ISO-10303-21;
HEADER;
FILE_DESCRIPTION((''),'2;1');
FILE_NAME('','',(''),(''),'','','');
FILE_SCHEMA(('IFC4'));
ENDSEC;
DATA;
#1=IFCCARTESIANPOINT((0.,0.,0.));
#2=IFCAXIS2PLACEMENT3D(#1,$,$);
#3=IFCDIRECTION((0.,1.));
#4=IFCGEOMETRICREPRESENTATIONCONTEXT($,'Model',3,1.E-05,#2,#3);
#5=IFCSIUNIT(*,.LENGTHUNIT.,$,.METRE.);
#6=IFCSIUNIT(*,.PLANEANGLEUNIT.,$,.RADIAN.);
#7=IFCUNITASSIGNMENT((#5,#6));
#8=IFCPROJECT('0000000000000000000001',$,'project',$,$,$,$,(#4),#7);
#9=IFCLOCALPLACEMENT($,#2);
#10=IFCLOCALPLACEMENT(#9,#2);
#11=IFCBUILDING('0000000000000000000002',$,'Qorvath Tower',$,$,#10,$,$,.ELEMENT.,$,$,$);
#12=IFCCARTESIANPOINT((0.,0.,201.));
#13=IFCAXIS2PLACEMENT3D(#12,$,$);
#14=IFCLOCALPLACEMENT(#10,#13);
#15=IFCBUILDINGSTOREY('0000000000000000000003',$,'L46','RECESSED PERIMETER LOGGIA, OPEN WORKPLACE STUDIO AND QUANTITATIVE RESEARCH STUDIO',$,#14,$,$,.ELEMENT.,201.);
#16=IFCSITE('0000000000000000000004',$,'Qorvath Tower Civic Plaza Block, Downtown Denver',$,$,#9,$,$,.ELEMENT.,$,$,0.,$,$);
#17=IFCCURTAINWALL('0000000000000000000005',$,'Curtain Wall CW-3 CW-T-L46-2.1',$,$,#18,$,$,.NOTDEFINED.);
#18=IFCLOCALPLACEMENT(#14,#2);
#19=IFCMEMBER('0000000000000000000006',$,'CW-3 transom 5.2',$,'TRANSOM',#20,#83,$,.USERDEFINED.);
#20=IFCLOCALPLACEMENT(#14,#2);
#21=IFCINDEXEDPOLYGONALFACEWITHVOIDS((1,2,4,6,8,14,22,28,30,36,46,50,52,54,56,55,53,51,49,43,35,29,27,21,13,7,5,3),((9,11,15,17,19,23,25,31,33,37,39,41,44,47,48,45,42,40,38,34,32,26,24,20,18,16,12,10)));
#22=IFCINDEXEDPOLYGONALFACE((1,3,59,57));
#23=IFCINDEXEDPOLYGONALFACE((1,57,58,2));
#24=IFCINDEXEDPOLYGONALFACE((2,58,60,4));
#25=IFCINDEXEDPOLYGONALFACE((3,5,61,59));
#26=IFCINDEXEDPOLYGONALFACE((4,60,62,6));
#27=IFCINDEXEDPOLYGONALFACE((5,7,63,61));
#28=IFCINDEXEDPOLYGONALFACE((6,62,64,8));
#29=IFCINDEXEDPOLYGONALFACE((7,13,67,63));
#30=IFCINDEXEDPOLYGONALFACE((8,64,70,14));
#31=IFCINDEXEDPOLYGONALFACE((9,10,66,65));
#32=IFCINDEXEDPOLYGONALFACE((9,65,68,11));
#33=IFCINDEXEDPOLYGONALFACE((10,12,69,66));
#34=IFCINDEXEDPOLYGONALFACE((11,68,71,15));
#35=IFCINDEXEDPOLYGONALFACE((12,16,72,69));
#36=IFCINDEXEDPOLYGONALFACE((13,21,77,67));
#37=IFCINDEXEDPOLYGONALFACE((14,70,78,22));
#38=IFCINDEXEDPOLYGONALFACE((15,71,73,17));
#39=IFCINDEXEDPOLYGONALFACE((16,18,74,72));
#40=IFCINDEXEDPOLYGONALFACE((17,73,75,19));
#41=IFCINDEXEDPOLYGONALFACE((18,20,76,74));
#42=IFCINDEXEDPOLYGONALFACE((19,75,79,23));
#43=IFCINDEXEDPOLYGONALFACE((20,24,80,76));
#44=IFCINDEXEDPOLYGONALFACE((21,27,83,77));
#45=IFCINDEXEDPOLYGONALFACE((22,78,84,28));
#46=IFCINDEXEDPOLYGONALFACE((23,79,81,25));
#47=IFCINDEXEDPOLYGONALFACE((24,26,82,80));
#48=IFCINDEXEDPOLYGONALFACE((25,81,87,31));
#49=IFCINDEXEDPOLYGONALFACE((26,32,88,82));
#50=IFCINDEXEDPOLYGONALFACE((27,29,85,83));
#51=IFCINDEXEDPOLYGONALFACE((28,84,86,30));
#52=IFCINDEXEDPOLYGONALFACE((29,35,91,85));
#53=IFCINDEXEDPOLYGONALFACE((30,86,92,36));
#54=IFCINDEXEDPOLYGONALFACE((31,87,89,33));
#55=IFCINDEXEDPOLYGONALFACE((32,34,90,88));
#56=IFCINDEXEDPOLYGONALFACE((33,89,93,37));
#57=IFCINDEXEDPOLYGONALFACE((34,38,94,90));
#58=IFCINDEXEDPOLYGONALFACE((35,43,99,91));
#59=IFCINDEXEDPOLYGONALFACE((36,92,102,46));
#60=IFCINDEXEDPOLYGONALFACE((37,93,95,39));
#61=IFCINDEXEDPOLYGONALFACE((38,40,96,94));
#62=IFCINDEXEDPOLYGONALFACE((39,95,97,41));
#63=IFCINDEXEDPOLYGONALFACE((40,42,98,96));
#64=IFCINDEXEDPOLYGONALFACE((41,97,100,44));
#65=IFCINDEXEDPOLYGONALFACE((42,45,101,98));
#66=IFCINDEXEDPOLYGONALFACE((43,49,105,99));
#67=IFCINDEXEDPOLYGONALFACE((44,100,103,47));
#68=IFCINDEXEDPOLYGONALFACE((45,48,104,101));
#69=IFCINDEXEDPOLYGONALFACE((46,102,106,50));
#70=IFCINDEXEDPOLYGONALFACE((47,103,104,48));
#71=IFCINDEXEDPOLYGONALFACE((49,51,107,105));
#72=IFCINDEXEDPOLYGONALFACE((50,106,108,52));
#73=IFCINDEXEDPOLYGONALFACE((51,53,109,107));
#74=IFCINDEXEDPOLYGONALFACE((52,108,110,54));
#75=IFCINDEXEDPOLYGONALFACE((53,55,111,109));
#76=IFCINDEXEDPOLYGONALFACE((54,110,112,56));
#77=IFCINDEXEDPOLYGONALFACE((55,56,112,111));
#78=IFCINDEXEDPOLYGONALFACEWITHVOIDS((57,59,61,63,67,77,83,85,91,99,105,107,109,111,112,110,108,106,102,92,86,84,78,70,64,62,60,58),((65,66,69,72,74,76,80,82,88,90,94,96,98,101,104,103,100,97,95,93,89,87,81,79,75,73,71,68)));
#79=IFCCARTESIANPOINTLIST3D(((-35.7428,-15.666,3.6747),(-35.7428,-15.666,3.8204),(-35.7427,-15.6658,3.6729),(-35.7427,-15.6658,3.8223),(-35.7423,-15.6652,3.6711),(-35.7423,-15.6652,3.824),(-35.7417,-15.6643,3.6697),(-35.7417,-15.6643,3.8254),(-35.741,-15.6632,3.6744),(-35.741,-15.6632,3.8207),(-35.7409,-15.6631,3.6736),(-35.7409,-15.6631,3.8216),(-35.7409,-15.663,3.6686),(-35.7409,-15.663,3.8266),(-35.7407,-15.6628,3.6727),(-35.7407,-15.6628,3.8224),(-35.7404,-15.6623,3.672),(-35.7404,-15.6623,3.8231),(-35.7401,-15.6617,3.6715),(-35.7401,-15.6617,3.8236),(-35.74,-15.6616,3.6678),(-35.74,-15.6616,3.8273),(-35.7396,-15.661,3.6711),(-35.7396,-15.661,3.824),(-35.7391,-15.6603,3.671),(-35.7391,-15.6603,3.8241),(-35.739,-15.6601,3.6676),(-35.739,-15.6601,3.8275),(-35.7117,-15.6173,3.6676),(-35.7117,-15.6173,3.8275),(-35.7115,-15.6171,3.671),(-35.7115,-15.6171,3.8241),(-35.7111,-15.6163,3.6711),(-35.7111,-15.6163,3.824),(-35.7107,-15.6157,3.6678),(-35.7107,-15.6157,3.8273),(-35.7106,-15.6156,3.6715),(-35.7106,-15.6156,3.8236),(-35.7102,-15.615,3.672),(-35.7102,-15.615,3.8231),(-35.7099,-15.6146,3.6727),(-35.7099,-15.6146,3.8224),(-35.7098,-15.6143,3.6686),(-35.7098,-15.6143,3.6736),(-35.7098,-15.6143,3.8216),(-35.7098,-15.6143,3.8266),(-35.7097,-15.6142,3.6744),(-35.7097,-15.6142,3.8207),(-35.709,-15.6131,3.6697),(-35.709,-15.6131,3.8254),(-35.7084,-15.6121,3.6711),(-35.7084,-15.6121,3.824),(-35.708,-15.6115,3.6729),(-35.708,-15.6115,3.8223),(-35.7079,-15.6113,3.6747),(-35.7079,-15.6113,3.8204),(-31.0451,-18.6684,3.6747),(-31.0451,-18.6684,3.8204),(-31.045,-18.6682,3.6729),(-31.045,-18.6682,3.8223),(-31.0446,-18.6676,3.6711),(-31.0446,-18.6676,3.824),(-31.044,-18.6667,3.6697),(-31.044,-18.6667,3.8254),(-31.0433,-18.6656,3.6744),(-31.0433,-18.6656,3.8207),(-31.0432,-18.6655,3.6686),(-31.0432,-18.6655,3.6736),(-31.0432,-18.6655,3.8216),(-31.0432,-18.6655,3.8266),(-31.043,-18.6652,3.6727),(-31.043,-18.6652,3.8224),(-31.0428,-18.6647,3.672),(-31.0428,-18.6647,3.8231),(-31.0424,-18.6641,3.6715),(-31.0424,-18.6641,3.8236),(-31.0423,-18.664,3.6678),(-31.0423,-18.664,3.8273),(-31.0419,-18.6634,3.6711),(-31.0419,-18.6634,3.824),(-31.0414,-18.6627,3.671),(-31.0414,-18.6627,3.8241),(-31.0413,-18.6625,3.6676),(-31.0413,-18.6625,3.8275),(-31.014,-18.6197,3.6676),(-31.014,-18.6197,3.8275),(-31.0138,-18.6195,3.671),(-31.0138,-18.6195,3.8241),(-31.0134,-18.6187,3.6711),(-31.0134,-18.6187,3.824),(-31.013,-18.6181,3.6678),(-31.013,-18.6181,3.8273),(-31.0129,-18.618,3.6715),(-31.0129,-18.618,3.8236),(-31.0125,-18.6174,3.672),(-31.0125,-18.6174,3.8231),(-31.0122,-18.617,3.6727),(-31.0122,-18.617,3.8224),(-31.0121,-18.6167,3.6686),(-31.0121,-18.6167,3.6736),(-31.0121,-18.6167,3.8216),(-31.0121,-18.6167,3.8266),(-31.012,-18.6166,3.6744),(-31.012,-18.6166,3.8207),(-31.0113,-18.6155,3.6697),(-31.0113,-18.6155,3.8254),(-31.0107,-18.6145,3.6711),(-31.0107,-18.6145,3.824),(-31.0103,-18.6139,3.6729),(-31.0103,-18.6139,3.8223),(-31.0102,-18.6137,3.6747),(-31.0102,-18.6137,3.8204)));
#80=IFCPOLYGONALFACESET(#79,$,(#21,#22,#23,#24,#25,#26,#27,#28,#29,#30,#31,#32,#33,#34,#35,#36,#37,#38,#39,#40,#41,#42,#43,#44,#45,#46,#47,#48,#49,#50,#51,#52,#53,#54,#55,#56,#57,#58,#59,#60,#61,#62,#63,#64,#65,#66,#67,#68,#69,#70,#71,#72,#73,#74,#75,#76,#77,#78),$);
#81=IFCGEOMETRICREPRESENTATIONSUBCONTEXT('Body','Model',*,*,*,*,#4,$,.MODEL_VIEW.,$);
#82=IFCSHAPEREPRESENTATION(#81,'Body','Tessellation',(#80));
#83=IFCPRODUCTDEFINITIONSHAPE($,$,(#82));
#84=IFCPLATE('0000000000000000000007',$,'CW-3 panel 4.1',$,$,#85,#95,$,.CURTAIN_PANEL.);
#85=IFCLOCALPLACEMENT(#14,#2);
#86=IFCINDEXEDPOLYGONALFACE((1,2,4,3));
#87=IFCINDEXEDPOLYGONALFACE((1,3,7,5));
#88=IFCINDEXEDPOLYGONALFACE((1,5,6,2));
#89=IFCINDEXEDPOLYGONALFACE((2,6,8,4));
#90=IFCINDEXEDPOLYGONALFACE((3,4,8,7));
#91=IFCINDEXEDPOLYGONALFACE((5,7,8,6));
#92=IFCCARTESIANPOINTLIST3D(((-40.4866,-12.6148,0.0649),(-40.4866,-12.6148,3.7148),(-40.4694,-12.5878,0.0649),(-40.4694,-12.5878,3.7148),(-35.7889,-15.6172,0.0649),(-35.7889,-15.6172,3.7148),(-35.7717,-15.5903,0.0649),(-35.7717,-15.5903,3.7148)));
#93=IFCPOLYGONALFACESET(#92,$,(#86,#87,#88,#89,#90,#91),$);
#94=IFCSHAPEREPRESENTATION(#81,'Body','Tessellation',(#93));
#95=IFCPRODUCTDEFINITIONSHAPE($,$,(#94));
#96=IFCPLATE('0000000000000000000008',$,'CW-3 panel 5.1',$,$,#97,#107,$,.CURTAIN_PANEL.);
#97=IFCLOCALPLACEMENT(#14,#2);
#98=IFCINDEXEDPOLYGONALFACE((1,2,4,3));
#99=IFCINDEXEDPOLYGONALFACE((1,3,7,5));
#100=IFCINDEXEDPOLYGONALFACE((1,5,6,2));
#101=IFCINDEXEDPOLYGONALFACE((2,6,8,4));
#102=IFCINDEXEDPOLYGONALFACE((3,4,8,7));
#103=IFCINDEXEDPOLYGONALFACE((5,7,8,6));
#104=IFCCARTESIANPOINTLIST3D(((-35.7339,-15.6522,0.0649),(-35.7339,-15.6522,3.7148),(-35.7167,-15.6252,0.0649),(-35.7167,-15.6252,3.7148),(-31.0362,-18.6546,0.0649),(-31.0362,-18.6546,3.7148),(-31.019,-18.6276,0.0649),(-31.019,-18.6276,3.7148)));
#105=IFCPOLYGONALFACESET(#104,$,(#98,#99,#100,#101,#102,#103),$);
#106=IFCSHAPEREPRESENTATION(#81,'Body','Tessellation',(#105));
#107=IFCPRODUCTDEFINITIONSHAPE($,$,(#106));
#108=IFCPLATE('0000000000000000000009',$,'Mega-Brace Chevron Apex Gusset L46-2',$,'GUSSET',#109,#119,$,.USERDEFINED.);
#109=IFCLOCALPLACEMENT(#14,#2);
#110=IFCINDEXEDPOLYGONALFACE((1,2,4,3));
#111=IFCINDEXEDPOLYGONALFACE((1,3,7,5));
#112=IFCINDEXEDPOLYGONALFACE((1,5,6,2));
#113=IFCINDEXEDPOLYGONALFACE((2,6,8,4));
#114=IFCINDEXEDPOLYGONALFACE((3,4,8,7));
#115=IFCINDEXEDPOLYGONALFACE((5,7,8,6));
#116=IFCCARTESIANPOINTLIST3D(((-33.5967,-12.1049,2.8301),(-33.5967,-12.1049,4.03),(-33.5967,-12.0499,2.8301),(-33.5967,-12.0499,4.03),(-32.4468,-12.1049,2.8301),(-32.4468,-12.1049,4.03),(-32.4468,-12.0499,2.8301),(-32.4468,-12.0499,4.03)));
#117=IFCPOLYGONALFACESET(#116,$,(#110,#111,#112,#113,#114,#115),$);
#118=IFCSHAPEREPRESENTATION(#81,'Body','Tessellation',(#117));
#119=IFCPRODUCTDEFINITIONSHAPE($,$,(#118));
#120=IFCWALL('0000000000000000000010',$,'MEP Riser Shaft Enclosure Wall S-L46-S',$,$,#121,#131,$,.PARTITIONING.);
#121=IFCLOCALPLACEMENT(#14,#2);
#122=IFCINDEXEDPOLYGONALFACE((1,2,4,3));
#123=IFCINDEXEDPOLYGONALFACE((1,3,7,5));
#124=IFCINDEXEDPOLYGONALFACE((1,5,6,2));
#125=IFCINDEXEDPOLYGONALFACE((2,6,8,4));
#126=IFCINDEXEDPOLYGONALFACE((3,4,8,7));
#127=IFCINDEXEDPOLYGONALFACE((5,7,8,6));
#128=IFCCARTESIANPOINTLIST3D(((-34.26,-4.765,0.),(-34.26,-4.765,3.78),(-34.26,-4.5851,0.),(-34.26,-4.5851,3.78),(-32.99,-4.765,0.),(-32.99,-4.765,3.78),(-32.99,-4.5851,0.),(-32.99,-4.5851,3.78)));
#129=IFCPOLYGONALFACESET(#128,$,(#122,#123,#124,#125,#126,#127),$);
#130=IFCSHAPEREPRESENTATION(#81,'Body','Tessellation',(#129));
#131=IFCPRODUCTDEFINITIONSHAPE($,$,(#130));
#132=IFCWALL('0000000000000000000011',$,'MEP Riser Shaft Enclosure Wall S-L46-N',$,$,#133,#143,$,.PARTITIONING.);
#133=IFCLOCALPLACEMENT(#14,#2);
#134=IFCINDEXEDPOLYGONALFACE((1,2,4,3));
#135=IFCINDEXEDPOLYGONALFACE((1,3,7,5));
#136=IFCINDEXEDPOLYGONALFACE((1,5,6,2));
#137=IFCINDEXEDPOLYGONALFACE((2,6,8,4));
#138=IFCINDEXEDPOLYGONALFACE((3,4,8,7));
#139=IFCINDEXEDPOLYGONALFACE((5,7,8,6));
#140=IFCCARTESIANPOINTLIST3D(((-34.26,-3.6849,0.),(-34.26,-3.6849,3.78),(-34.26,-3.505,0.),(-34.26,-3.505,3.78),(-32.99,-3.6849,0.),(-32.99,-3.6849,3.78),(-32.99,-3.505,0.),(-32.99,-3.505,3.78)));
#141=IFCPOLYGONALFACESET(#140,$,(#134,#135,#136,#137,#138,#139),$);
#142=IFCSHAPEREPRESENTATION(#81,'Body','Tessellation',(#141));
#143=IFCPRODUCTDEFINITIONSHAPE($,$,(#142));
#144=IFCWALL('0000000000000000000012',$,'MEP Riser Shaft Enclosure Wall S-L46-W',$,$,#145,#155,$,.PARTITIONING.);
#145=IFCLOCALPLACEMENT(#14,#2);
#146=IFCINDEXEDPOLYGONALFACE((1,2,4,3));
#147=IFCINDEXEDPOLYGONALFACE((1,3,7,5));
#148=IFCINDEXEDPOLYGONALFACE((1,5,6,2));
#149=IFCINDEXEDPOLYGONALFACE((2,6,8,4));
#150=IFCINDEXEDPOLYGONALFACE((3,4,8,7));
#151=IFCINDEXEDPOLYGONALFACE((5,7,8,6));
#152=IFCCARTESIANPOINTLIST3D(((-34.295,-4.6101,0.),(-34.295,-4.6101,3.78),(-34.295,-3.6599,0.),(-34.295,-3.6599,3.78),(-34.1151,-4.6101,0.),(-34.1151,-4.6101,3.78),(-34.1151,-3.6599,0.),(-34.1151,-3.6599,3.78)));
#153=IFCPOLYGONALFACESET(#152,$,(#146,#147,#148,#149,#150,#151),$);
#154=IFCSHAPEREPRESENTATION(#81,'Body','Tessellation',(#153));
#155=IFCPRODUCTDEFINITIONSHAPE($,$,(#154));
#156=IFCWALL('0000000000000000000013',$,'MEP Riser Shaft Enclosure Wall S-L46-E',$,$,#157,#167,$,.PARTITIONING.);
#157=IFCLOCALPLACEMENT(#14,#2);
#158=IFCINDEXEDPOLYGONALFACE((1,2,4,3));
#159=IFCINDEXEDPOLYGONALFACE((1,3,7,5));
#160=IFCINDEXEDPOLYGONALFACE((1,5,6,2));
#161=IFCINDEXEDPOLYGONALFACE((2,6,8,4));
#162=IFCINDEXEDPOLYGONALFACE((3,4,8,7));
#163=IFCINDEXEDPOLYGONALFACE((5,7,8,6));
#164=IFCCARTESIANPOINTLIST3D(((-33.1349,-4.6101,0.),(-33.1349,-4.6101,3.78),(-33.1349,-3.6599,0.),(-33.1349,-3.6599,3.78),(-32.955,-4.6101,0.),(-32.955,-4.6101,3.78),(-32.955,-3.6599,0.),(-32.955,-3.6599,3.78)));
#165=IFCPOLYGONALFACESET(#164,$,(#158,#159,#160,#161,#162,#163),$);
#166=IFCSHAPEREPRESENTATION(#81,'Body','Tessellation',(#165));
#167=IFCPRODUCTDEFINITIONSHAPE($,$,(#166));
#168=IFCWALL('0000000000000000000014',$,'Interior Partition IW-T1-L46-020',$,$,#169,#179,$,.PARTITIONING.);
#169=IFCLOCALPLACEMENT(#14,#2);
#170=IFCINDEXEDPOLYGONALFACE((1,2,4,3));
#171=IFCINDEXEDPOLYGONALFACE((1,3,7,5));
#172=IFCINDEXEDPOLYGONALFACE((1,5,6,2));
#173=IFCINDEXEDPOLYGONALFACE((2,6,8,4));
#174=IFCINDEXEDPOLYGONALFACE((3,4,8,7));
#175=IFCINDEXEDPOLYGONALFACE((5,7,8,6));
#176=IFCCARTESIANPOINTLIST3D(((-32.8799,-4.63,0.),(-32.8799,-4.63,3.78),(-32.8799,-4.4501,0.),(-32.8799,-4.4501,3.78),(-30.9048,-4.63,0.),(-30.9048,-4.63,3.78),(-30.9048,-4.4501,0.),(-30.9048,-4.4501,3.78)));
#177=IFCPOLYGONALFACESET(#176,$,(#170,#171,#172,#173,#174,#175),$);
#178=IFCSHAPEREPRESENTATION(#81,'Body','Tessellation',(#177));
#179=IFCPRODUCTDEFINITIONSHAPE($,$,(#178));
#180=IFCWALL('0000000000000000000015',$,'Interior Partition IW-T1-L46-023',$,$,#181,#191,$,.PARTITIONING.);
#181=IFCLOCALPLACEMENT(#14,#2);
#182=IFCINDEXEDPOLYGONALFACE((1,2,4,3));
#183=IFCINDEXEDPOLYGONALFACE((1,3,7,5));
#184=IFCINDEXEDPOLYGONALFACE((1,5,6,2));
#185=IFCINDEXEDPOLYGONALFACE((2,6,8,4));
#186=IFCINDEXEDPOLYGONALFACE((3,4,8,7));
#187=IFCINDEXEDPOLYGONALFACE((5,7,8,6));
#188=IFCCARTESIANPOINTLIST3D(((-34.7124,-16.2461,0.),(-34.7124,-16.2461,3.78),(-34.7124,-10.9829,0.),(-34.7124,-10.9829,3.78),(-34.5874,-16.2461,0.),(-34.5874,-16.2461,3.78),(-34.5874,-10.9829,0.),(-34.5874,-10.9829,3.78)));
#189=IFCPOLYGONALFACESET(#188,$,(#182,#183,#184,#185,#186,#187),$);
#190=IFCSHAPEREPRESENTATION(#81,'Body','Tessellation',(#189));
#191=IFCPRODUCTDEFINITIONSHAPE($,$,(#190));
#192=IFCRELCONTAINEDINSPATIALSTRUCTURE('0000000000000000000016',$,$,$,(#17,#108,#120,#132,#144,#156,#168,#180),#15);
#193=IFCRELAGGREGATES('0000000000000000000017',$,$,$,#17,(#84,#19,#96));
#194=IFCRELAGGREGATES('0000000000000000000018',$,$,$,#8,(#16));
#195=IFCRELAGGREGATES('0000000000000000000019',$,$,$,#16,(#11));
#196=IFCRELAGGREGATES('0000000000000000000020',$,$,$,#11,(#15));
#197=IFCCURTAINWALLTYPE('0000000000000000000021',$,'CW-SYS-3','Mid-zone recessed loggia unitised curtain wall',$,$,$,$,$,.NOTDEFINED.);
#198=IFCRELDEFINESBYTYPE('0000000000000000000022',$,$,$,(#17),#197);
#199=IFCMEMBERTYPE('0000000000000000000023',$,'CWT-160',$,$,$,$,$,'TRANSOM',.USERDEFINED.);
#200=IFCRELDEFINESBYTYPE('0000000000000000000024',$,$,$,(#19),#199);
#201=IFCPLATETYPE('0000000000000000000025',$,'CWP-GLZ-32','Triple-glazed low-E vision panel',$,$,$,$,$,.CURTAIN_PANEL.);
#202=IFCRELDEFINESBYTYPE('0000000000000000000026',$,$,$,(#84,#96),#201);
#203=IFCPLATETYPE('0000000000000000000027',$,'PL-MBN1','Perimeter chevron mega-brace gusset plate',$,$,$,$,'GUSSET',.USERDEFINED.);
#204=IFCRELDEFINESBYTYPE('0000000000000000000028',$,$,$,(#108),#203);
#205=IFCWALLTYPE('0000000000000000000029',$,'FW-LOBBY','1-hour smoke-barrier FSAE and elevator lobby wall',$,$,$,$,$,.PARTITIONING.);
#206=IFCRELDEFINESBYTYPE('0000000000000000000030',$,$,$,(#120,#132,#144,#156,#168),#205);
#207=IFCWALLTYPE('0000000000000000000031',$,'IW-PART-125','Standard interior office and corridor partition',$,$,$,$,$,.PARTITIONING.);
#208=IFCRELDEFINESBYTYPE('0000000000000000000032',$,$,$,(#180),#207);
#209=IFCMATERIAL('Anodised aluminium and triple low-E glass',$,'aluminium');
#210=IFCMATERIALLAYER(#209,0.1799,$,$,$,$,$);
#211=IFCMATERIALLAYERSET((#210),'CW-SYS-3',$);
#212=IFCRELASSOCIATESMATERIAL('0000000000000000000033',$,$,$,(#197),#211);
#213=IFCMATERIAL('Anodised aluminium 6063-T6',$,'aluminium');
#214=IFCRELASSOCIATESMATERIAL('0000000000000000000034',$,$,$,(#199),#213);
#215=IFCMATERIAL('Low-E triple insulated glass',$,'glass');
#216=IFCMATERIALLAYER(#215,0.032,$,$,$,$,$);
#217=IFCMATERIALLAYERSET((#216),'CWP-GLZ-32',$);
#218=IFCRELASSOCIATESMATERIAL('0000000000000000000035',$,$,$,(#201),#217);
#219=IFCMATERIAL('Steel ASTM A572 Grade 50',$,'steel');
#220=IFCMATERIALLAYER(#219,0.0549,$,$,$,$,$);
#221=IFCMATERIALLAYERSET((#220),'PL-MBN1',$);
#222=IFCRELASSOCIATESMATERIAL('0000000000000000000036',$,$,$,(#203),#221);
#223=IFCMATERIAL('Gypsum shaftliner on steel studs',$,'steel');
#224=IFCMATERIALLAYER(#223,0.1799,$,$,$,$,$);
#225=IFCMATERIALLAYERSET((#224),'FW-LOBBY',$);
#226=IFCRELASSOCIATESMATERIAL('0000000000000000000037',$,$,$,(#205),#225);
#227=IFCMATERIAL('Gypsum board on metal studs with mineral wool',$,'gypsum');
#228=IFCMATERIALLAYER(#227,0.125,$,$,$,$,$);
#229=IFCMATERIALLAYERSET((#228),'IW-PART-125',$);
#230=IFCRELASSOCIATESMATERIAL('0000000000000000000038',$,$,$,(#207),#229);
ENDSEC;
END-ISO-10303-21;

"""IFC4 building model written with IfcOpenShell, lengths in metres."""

from ifc_helpers import new_model, si_unit, direction, frame, frame_2d, origin, origin_2d, place, context, subcontext, project, spatial, rectangle, hollow_rectangle, extrude, material, layer, layer_set, material_profile, profile_set, type_object, element, aggregate, save


model = new_model("IFC4")

# Units and contexts
model_context = context("Model", 3, precision=1e-05, world=origin(), true_north=direction((0.0, 1.0)))
body_context = subcontext(model_context, "Body", "Model", "MODEL_VIEW")
ifc_project = project(units=[si_unit("LENGTHUNIT", "METRE"), si_unit("PLANEANGLEUNIT", "RADIAN")], contexts=[model_context])

# Site, building, storey
site_placement = place(None, origin())
site = spatial("IfcSite", under=ifc_project, at=site_placement, Name="Qorvath Tower Civic Plaza Block, Downtown Denver", CompositionType="ELEMENT", RefElevation=0.0)
building_placement = place(site_placement, origin())
building = spatial("IfcBuilding", under=site, at=building_placement, Name="Qorvath Tower", CompositionType="ELEMENT")
storey_placement = place(building_placement, frame((0.0, 0.0, 201.0)))
storey = spatial("IfcBuildingStorey", under=building, at=storey_placement, Name="L46", Description="RECESSED PERIMETER LOGGIA, OPEN WORKPLACE STUDIO AND QUANTITATIVE RESEARCH STUDIO", CompositionType="ELEMENT", Elevation=201.0)

# Curtain wall, member, plates
ifc_material_1 = material(Name="Anodised aluminium and triple low-E glass", Category="aluminium")
ifc_layer_1 = layer(ifc_material_1, 0.1799)
ifc_layer_set_1 = layer_set([ifc_layer_1], Name="CW-SYS-3")
curtain_wall_type = type_object("IfcCurtainWallType", Name="CW-SYS-3", Description="Mid-zone recessed loggia unitised curtain wall", PredefinedType="NOTDEFINED", material=ifc_layer_set_1)
curtain_wall_placement = place(storey_placement, origin())
curtain_wall = element("IfcCurtainWall", 1, at=curtain_wall_placement, inside=storey, type_object=curtain_wall_type, Name="Curtain Wall CW-3 CW-T-L46-2.1", PredefinedType="NOTDEFINED")
ifc_material_2 = material(Name="Anodised aluminium 6063-T6", Category="aluminium")
ifc_material_profile_1 = material_profile(ifc_material_2, hollow_rectangle(XDim=0.0649, YDim=0.1599, WallThickness=0.0034, InnerFilletRadius=0.0034, OuterFilletRadius=0.0071, at=origin_2d()), Name="CWT 160x65")
ifc_profile_set_1 = profile_set([ifc_material_profile_1], Name="Anodised aluminium 6063-T6")
member_type_1 = type_object("IfcMemberType", Name="CWT-160", ElementType="TRANSOM", PredefinedType="USERDEFINED", material=ifc_profile_set_1)
member_1_placement = place(storey_placement, frame((-35.7253, -15.6387, 3.7476), z_axis=(0.842607, -0.538529, 0.0), x_axis=(0.538529, 0.842607, 0.0)))
member_1 = element("IfcMember", 2, at=member_1_placement, type_object=member_type_1, Name="CW-3 transom 5.2", ObjectType="TRANSOM", PredefinedType="USERDEFINED", context=body_context, shape_type="SweptSolid", body=[
    extrude(hollow_rectangle(XDim=0.0649, YDim=0.1599, WallThickness=0.0034, InnerFilletRadius=0.0034, OuterFilletRadius=0.0071, at=origin_2d()), origin(), (0.0, 0.0, 1.0), 5.5752),
])
ifc_material_3 = material(Name="Low-E triple insulated glass", Category="glass")
ifc_layer_2 = layer(ifc_material_3, 0.032)
ifc_layer_set_2 = layer_set([ifc_layer_2], Name="CWP-GLZ-32")
plate_type_1 = type_object("IfcPlateType", Name="CWP-GLZ-32", Description="Triple-glazed low-E vision panel", PredefinedType="CURTAIN_PANEL", material=ifc_layer_set_2)
plate_1_placement = place(storey_placement, frame((-38.1292, -14.1025, 0.0649), z_axis=(0.0, 0.0, 1.0), x_axis=(0.842604, -0.538534, 0.0)))
plate_1 = element("IfcPlate", 3, at=plate_1_placement, type_object=plate_type_1, Name="CW-3 panel 4.1", PredefinedType="CURTAIN_PANEL", context=body_context, shape_type="SweptSolid", body=[
    extrude(rectangle(XDim=5.5752, YDim=0.032, at=origin_2d()), origin(), (0.0, 0.0, 1.0), 3.6499),
])
plate_2_placement = place(storey_placement, frame((-33.3765, -17.1399, 0.0649), z_axis=(0.0, 0.0, 1.0), x_axis=(0.842604, -0.538534, 0.0)))
plate_2 = element("IfcPlate", 4, at=plate_2_placement, type_object=plate_type_1, Name="CW-3 panel 5.1", PredefinedType="CURTAIN_PANEL", context=body_context, shape_type="SweptSolid", body=[
    extrude(rectangle(XDim=5.5752, YDim=0.032, at=origin_2d()), origin(), (0.0, 0.0, 1.0), 3.6499),
])
aggregate(curtain_wall, [plate_1, member_1, plate_2])

# Plate
ifc_material_4 = material(Name="Steel ASTM A572 Grade 50", Category="steel")
ifc_layer_3 = layer(ifc_material_4, 0.0549)
ifc_layer_set_3 = layer_set([ifc_layer_3], Name="PL-MBN1")
plate_type_2 = type_object("IfcPlateType", Name="PL-MBN1", Description="Perimeter chevron mega-brace gusset plate", ElementType="GUSSET", PredefinedType="USERDEFINED", material=ifc_layer_set_3)
plate_3_placement = place(storey_placement, frame((-33.0217, -12.0774, 2.8301), z_axis=(0.0, 0.0, 1.0), x_axis=(1.0, 0.0, 0.0)))
element("IfcPlate", 5, at=plate_3_placement, inside=storey, type_object=plate_type_2, Name="Mega-Brace Chevron Apex Gusset L46-2", ObjectType="GUSSET", PredefinedType="USERDEFINED", context=body_context, shape_type="SweptSolid", body=[
    extrude(rectangle(XDim=1.1499, YDim=0.0549, at=origin_2d()), origin(), (0.0, 0.0, 1.0), 1.2),
])

# Walls
ifc_material_5 = material(Name="Gypsum shaftliner on steel studs", Category="steel")
ifc_layer_4 = layer(ifc_material_5, 0.1799)
ifc_layer_set_4 = layer_set([ifc_layer_4], Name="FW-LOBBY")
wall_type_1 = type_object("IfcWallType", Name="FW-LOBBY", Description="1-hour smoke-barrier FSAE and elevator lobby wall", PredefinedType="PARTITIONING", material=ifc_layer_set_4)
for number, where, z_axis, x_axis, name in (
    (6, (-32.99, -4.675, 0.0), (0.0, 0.0, 1.0), (-1.0, 0.0, 0.0), "MEP Riser Shaft Enclosure Wall S-L46-S"),
    (7, (-34.26, -3.595, 0.0), (0.0, 0.0, 1.0), (1.0, 0.0, 0.0), "MEP Riser Shaft Enclosure Wall S-L46-N"),
):
    element("IfcWall", number, at=place(storey_placement, frame(where, z_axis=z_axis, x_axis=x_axis)), inside=storey, type_object=wall_type_1, Name=name, PredefinedType="PARTITIONING", context=body_context, shape_type="SweptSolid", body=[
        extrude(rectangle(XDim=1.27, YDim=0.1799, at=frame_2d((0.635, 0.0))), origin(), (0.0, 0.0, 1.0), 3.78),
    ])
for number, where, z_axis, x_axis, name in (
    (8, (-34.2051, -4.6101, 0.0), (0.0, 0.0, 1.0), (0.0, 1.0, 0.0), "MEP Riser Shaft Enclosure Wall S-L46-W"),
    (9, (-33.0449, -3.6599, 0.0), (0.0, 0.0, 1.0), (0.0, -1.0, 0.0), "MEP Riser Shaft Enclosure Wall S-L46-E"),
):
    element("IfcWall", number, at=place(storey_placement, frame(where, z_axis=z_axis, x_axis=x_axis)), inside=storey, type_object=wall_type_1, Name=name, PredefinedType="PARTITIONING", context=body_context, shape_type="SweptSolid", body=[
        extrude(rectangle(XDim=0.9502, YDim=0.1799, at=frame_2d((0.4751, 0.0))), origin(), (0.0, 0.0, 1.0), 3.78),
    ])
wall_1_placement = place(storey_placement, frame((-32.8799, -4.54, 0.0), z_axis=(0.0, 0.0, 1.0), x_axis=(1.0, 0.0, 0.0)))
element("IfcWall", 10, at=wall_1_placement, inside=storey, type_object=wall_type_1, Name="Interior Partition IW-T1-L46-020", PredefinedType="PARTITIONING", context=body_context, shape_type="SweptSolid", body=[
    extrude(rectangle(XDim=1.9751, YDim=0.1799, at=frame_2d((0.9875, 0.0))), origin(), (0.0, 0.0, 1.0), 3.78),
])
ifc_material_6 = material(Name="Gypsum board on metal studs with mineral wool", Category="gypsum")
ifc_layer_5 = layer(ifc_material_6, 0.125)
ifc_layer_set_5 = layer_set([ifc_layer_5], Name="IW-PART-125")
wall_type_2 = type_object("IfcWallType", Name="IW-PART-125", Description="Standard interior office and corridor partition", PredefinedType="PARTITIONING", material=ifc_layer_set_5)
wall_2_placement = place(storey_placement, frame((-34.6499, -16.2461, 0.0), z_axis=(0.0, 0.0, 1.0), x_axis=(0.0, 1.0, 0.0)))
element("IfcWall", 11, at=wall_2_placement, inside=storey, type_object=wall_type_2, Name="Interior Partition IW-T1-L46-023", PredefinedType="PARTITIONING", context=body_context, shape_type="SweptSolid", body=[
    extrude(rectangle(XDim=5.2632, YDim=0.125, at=frame_2d((2.6316, 0.0))), origin(), (0.0, 0.0, 1.0), 3.78),
])

save(model, "model.ifc")
